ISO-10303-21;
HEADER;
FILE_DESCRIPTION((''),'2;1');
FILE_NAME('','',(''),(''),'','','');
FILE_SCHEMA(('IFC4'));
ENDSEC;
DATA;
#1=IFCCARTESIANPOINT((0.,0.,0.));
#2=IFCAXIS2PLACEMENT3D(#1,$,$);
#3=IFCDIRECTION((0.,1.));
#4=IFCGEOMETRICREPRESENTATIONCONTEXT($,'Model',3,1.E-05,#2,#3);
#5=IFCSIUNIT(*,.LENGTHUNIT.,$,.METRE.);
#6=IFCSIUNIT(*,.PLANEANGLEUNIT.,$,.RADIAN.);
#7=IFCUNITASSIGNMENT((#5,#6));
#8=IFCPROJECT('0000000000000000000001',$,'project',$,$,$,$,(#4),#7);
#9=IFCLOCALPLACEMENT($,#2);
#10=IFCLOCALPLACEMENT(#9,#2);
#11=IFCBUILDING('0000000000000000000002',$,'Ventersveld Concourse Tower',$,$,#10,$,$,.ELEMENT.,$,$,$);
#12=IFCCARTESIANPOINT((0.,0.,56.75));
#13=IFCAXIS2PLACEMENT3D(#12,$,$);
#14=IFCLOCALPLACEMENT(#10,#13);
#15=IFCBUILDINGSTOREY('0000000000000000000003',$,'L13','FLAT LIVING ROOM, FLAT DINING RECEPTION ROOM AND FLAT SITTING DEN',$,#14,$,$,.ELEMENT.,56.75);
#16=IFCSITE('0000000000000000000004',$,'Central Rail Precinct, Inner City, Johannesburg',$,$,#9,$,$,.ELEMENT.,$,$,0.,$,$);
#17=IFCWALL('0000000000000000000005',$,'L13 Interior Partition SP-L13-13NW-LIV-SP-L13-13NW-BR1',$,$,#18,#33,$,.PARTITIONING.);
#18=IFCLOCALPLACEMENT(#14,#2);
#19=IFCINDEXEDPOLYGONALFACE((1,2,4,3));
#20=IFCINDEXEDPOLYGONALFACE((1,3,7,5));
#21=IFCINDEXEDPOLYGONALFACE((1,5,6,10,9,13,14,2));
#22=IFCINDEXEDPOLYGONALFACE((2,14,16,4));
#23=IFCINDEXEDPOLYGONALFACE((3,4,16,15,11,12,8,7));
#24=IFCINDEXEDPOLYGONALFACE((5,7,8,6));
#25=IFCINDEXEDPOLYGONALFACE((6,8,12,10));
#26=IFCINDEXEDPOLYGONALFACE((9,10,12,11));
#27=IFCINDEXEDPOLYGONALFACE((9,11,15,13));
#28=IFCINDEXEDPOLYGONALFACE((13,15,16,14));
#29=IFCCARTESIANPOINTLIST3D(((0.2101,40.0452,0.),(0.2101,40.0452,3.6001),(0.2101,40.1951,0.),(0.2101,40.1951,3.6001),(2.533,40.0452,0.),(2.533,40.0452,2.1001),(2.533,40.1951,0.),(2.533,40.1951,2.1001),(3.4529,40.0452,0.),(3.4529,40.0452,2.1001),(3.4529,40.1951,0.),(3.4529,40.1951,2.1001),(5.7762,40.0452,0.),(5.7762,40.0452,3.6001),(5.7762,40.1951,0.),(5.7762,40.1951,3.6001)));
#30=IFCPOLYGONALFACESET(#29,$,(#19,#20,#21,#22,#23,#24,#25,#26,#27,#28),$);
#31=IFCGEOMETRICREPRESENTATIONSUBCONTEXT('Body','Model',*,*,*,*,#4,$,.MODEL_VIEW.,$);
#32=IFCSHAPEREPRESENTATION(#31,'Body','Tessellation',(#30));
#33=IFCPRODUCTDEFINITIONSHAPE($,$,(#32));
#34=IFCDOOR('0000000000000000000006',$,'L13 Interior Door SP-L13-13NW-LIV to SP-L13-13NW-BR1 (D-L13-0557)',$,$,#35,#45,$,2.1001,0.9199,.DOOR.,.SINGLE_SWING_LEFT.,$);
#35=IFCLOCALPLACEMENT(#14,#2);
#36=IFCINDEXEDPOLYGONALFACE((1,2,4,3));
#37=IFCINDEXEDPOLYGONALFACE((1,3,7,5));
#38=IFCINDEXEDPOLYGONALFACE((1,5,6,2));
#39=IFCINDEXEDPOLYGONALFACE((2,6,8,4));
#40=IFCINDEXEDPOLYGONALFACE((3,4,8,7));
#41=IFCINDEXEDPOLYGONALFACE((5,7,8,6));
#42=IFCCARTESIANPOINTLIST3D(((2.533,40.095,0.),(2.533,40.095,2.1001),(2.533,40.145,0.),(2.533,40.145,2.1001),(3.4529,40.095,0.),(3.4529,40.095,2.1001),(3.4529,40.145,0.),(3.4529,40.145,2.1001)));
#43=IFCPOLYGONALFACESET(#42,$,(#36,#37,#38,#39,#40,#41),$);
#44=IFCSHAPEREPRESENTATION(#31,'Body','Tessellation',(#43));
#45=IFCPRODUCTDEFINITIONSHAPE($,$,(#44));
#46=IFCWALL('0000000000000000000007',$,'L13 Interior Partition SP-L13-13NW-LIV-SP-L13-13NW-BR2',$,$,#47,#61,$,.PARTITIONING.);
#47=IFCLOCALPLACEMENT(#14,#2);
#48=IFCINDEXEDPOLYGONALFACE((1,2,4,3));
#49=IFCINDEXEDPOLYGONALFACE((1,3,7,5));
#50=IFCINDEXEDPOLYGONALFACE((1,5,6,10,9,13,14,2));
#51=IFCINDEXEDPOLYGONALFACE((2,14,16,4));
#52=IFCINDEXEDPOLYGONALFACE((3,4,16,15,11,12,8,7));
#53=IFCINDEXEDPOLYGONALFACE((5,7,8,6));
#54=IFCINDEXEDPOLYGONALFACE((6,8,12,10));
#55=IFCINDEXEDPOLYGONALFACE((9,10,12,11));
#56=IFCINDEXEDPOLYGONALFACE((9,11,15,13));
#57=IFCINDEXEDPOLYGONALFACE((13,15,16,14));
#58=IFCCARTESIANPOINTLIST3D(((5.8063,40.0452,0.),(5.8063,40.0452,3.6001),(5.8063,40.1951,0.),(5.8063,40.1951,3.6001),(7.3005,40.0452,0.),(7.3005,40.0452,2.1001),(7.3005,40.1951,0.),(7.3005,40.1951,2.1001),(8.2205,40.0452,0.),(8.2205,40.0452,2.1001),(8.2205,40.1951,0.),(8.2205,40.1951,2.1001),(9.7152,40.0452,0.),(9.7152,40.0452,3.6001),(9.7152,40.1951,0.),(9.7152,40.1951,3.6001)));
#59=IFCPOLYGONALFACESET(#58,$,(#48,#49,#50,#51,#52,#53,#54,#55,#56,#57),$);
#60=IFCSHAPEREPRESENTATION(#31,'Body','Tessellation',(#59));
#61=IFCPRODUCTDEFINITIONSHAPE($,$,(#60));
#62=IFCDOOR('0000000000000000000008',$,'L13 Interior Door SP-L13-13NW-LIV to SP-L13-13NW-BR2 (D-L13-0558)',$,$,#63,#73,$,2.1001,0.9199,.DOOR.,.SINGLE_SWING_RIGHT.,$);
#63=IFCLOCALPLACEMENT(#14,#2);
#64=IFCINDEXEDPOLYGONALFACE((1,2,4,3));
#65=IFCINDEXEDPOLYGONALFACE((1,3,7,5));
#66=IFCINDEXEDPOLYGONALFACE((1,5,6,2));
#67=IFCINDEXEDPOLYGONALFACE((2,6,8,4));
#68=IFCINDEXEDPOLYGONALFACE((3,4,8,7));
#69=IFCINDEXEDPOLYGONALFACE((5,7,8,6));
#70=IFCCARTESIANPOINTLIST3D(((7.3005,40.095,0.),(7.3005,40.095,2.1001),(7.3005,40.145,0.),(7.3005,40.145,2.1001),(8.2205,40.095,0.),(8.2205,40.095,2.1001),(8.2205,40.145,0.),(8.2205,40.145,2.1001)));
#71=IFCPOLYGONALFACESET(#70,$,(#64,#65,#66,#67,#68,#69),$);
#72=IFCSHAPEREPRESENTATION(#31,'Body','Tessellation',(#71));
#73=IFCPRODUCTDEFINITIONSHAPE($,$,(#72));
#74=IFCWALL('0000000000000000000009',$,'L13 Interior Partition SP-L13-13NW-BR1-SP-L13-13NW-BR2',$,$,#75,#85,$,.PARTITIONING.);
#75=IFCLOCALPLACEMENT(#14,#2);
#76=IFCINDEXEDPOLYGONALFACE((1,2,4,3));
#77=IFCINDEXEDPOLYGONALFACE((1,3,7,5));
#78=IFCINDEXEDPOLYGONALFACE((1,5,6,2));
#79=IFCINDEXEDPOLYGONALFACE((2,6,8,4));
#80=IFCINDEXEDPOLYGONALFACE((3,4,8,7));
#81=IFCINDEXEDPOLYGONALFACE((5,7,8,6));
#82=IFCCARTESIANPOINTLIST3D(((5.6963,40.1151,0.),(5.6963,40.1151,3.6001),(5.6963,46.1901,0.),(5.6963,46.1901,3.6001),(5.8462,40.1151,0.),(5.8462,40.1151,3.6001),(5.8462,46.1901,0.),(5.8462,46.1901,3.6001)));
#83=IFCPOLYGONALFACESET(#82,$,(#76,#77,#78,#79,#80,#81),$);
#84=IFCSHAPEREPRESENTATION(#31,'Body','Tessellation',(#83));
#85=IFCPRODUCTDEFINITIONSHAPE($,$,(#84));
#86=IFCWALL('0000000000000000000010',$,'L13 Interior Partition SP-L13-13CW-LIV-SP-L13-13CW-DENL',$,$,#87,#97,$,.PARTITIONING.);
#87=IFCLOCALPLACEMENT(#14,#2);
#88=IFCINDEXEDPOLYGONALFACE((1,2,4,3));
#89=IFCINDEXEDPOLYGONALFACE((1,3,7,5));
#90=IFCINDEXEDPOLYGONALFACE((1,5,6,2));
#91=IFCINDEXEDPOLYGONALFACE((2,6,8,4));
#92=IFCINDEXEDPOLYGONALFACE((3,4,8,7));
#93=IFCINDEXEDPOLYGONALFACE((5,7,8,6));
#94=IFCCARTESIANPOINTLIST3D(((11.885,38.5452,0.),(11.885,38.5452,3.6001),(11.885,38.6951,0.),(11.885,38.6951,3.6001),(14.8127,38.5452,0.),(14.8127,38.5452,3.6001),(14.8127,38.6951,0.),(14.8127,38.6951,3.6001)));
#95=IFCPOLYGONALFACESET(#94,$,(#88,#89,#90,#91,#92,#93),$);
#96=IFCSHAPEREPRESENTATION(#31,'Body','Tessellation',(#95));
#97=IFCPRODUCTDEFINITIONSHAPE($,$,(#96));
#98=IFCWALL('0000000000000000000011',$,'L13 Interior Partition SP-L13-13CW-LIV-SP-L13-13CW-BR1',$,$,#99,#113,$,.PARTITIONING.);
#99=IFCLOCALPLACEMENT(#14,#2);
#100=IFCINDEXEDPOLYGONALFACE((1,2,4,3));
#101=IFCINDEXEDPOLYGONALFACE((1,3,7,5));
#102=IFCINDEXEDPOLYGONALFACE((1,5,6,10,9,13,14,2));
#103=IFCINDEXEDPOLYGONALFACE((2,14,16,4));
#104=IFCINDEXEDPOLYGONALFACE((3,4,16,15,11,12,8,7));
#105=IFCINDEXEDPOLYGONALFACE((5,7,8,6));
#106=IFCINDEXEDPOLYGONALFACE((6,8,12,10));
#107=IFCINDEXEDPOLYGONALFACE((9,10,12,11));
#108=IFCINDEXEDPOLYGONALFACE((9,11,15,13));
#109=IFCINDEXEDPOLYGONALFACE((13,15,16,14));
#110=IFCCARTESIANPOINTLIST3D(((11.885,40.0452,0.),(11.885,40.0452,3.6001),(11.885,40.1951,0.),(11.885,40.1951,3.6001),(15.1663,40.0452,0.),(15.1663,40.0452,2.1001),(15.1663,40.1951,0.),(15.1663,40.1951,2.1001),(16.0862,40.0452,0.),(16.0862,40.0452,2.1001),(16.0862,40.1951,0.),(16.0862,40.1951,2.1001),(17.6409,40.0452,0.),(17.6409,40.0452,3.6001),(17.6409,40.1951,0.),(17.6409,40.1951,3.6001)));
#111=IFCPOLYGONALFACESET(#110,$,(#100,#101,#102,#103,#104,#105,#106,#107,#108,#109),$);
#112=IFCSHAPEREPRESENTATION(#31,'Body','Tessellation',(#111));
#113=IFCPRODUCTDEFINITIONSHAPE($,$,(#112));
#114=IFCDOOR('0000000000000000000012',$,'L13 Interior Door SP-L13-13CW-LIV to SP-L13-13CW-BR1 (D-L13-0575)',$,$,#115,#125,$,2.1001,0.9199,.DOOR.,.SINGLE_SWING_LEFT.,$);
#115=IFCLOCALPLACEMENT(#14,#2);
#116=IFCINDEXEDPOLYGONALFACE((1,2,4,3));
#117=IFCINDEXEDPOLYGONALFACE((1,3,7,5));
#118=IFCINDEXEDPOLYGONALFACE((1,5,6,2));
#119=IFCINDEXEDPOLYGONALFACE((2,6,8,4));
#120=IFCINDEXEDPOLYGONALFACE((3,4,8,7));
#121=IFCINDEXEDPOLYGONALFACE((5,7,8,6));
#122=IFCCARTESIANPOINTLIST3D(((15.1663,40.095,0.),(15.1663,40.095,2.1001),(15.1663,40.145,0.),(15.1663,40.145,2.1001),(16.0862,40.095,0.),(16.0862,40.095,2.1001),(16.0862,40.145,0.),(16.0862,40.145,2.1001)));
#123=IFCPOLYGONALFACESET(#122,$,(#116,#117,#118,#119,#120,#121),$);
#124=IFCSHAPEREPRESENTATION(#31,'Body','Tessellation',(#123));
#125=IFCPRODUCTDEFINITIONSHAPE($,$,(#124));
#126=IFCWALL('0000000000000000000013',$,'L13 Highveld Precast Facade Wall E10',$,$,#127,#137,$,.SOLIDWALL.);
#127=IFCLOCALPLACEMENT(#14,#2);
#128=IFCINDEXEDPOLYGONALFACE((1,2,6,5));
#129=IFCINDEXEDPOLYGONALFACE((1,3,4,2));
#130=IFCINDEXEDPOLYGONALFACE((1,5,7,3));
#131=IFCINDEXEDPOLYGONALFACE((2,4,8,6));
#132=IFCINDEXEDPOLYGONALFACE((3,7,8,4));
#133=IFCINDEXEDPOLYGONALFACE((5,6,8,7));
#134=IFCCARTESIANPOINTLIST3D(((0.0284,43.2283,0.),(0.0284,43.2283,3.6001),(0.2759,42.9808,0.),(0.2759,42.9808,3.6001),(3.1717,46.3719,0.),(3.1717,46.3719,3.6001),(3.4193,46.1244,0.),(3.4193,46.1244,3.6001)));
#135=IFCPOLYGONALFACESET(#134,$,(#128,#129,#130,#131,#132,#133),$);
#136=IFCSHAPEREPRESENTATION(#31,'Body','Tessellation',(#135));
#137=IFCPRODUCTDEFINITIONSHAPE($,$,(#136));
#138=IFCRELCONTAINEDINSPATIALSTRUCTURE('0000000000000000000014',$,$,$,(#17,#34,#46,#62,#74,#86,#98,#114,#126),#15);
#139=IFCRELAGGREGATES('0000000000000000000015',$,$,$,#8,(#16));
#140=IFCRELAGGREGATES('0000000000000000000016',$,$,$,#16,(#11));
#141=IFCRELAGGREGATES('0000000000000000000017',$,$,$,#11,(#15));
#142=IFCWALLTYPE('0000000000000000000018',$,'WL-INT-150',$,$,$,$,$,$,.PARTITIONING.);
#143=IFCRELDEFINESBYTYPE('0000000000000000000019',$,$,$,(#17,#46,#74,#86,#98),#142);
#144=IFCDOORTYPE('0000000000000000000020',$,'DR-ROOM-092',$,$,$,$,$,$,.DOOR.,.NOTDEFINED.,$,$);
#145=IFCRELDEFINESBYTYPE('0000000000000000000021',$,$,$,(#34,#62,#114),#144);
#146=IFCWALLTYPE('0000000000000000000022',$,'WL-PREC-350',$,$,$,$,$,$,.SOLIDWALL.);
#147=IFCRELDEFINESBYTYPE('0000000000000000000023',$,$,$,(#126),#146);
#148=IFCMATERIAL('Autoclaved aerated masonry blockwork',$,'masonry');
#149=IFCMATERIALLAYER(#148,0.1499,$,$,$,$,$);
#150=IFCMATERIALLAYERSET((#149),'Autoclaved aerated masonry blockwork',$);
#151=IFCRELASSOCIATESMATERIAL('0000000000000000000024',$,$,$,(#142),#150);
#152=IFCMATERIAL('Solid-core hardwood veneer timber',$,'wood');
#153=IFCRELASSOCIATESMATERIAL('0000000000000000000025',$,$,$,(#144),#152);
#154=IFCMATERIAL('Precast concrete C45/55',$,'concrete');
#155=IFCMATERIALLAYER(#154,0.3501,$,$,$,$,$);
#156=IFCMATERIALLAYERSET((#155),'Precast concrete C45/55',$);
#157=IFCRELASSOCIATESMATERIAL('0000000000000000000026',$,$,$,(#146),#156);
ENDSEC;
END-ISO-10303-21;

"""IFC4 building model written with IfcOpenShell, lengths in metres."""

from ifc_helpers import new_model, si_unit, direction, frame, frame_2d, origin, place, context, subcontext, project, spatial, rectangle, extrude, material, layer, layer_set, type_object, element, fill, save


model = new_model("IFC4")

# Units and contexts
model_context = context("Model", 3, precision=1e-05, world=origin(), true_north=direction((0.0, 1.0)))
body_context = subcontext(model_context, "Body", "Model", "MODEL_VIEW")
ifc_project = project(units=[si_unit("LENGTHUNIT", "METRE"), si_unit("PLANEANGLEUNIT", "RADIAN")], contexts=[model_context])

# Site, building, storey
site_placement = place(None, origin())
site = spatial("IfcSite", under=ifc_project, at=site_placement, Name="Central Rail Precinct, Inner City, Johannesburg", CompositionType="ELEMENT", RefElevation=0.0)
building_placement = place(site_placement, origin())
building = spatial("IfcBuilding", under=site, at=building_placement, Name="Ventersveld Concourse Tower", CompositionType="ELEMENT")
storey_placement = place(building_placement, frame((0.0, 0.0, 56.75)))
storey = spatial("IfcBuildingStorey", under=building, at=storey_placement, Name="L13", Description="FLAT LIVING ROOM, FLAT DINING RECEPTION ROOM AND FLAT SITTING DEN", CompositionType="ELEMENT", Elevation=56.75)

# Shared definitions
ifc_material_1 = material(Name="Autoclaved aerated masonry blockwork", Category="masonry")
ifc_layer_1 = layer(ifc_material_1, 0.1499)
ifc_layer_set_1 = layer_set([ifc_layer_1], Name="Autoclaved aerated masonry blockwork")
wall_type_1 = type_object("IfcWallType", Name="WL-INT-150", PredefinedType="PARTITIONING", material=ifc_layer_set_1)

# Walls, openings, doors
wall_1_placement = place(storey_placement, frame((0.21, 40.1201, 0.0), z_axis=(0.0, 0.0, 1.0), x_axis=(1.0, 0.0, 0.0)))
wall_1 = element("IfcWall", 1, at=wall_1_placement, inside=storey, type_object=wall_type_1, Name="L13 Interior Partition SP-L13-13NW-LIV-SP-L13-13NW-BR1", PredefinedType="PARTITIONING", context=body_context, shape_type="SweptSolid", body=[
    extrude(rectangle(XDim=5.5662, YDim=0.1499, at=frame_2d((2.7832, 0.0))), origin(), (0.0, 0.0, 1.0), 3.6001),
])
opening_1_placement = place(wall_1_placement, frame((2.323, 0.0, 0.0)))
opening_1 = element("IfcOpeningElement", 2, at=opening_1_placement, cuts=wall_1, PredefinedType="OPENING", context=body_context, shape_type="SweptSolid", body=[
    extrude(rectangle(XDim=0.9199, YDim=2.1001, at=frame_2d((0.46, 1.05))), frame((0.0, 0.085, 0.0), z_axis=(0.0, -1.0, 0.0), x_axis=(1.0, 0.0, 0.0)), (0.0, 0.0, 1.0), 0.1699),
])
ifc_material_2 = material(Name="Solid-core hardwood veneer timber", Category="wood")
door_type = type_object("IfcDoorType", Name="DR-ROOM-092", OperationType="NOTDEFINED", PredefinedType="DOOR", material=ifc_material_2)
door_1_placement = place(opening_1_placement, origin())
door_1 = element("IfcDoor", 3, at=door_1_placement, inside=storey, type_object=door_type, Name="L13 Interior Door SP-L13-13NW-LIV to SP-L13-13NW-BR1 (D-L13-0557)", OperationType="SINGLE_SWING_LEFT", OverallHeight=2.1001, OverallWidth=0.9199, PredefinedType="DOOR", context=body_context, shape_type="SweptSolid", body=[
    extrude(rectangle(XDim=0.9199, YDim=2.1001, at=frame_2d((0.46, 1.05))), frame((0.0, 0.0249, 0.0), z_axis=(0.0, -1.0, 0.0), x_axis=(1.0, 0.0, 0.0)), (0.0, 0.0, 1.0), 0.05),
])
fill(opening_1, door_1)
wall_2_placement = place(storey_placement, frame((5.8062, 40.1201, 0.0), z_axis=(0.0, 0.0, 1.0), x_axis=(1.0, 0.0, 0.0)))
wall_2 = element("IfcWall", 4, at=wall_2_placement, inside=storey, type_object=wall_type_1, Name="L13 Interior Partition SP-L13-13NW-LIV-SP-L13-13NW-BR2", PredefinedType="PARTITIONING", context=body_context, shape_type="SweptSolid", body=[
    extrude(rectangle(XDim=3.9089, YDim=0.1499, at=frame_2d((1.9546, 0.0))), origin(), (0.0, 0.0, 1.0), 3.6001),
])
opening_2_placement = place(wall_2_placement, frame((1.4944, 0.0, 0.0)))
opening_2 = element("IfcOpeningElement", 5, at=opening_2_placement, cuts=wall_2, PredefinedType="OPENING", context=body_context, shape_type="SweptSolid", body=[
    extrude(rectangle(XDim=0.9199, YDim=2.1001, at=frame_2d((0.46, 1.05))), frame((0.0, 0.085, 0.0), z_axis=(0.0, -1.0, 0.0), x_axis=(1.0, 0.0, 0.0)), (0.0, 0.0, 1.0), 0.1699),
])
door_2_placement = place(opening_2_placement, origin())
door_2 = element("IfcDoor", 6, at=door_2_placement, inside=storey, type_object=door_type, Name="L13 Interior Door SP-L13-13NW-LIV to SP-L13-13NW-BR2 (D-L13-0558)", OperationType="SINGLE_SWING_RIGHT", OverallHeight=2.1001, OverallWidth=0.9199, PredefinedType="DOOR", context=body_context, shape_type="SweptSolid", body=[
    extrude(rectangle(XDim=0.9199, YDim=2.1001, at=frame_2d((0.46, 1.05))), frame((0.0, 0.0249, 0.0), z_axis=(0.0, -1.0, 0.0), x_axis=(1.0, 0.0, 0.0)), (0.0, 0.0, 1.0), 0.05),
])
fill(opening_2, door_2)

# Walls
wall_3_placement = place(storey_placement, frame((5.7712, 40.115, 0.0), z_axis=(0.0, 0.0, 1.0), x_axis=(0.0, 1.0, 0.0)))
element("IfcWall", 7, at=wall_3_placement, inside=storey, type_object=wall_type_1, Name="L13 Interior Partition SP-L13-13NW-BR1-SP-L13-13NW-BR2", PredefinedType="PARTITIONING", context=body_context, shape_type="SweptSolid", body=[
    extrude(rectangle(XDim=6.075, YDim=0.1499, at=frame_2d((3.0376, 0.0))), origin(), (0.0, 0.0, 1.0), 3.6001),
])
wall_4_placement = place(storey_placement, frame((11.885, 38.6201, 0.0), z_axis=(0.0, 0.0, 1.0), x_axis=(1.0, 0.0, 0.0)))
element("IfcWall", 8, at=wall_4_placement, inside=storey, type_object=wall_type_1, Name="L13 Interior Partition SP-L13-13CW-LIV-SP-L13-13CW-DENL", PredefinedType="PARTITIONING", context=body_context, shape_type="SweptSolid", body=[
    extrude(rectangle(XDim=2.9277, YDim=0.1499, at=frame_2d((1.4639, 0.0))), origin(), (0.0, 0.0, 1.0), 3.6001),
])

# Wall, opening, door
wall_5_placement = place(storey_placement, frame((11.885, 40.1201, 0.0), z_axis=(0.0, 0.0, 1.0), x_axis=(1.0, 0.0, 0.0)))
wall_5 = element("IfcWall", 9, at=wall_5_placement, inside=storey, type_object=wall_type_1, Name="L13 Interior Partition SP-L13-13CW-LIV-SP-L13-13CW-BR1", PredefinedType="PARTITIONING", context=body_context, shape_type="SweptSolid", body=[
    extrude(rectangle(XDim=5.7559, YDim=0.1499, at=frame_2d((2.8779, 0.0))), origin(), (0.0, 0.0, 1.0), 3.6001),
])
opening_3_placement = place(wall_5_placement, frame((3.2812, 0.0, 0.0)))
opening_3 = element("IfcOpeningElement", 10, at=opening_3_placement, cuts=wall_5, PredefinedType="OPENING", context=body_context, shape_type="SweptSolid", body=[
    extrude(rectangle(XDim=0.9199, YDim=2.1001, at=frame_2d((0.46, 1.05))), frame((0.0, 0.085, 0.0), z_axis=(0.0, -1.0, 0.0), x_axis=(1.0, 0.0, 0.0)), (0.0, 0.0, 1.0), 0.1699),
])
door_3_placement = place(opening_3_placement, origin())
door_3 = element("IfcDoor", 11, at=door_3_placement, inside=storey, type_object=door_type, Name="L13 Interior Door SP-L13-13CW-LIV to SP-L13-13CW-BR1 (D-L13-0575)", OperationType="SINGLE_SWING_LEFT", OverallHeight=2.1001, OverallWidth=0.9199, PredefinedType="DOOR", context=body_context, shape_type="SweptSolid", body=[
    extrude(rectangle(XDim=0.9199, YDim=2.1001, at=frame_2d((0.46, 1.05))), frame((0.0, 0.0249, 0.0), z_axis=(0.0, -1.0, 0.0), x_axis=(1.0, 0.0, 0.0)), (0.0, 0.0, 1.0), 0.05),
])
fill(opening_3, door_3)

# Wall
ifc_material_3 = material(Name="Precast concrete C45/55", Category="concrete")
ifc_layer_2 = layer(ifc_material_3, 0.3501)
ifc_layer_set_2 = layer_set([ifc_layer_2], Name="Precast concrete C45/55")
wall_type_2 = type_object("IfcWallType", Name="WL-PREC-350", PredefinedType="SOLIDWALL", material=ifc_layer_set_2)
wall_6_placement = place(storey_placement, frame((3.2954, 46.248, 0.0), z_axis=(0.0, 0.0, 1.0), x_axis=(-0.707079, -0.707134, 0.0)))
element("IfcWall", 12, at=wall_6_placement, inside=storey, type_object=wall_type_2, Name="L13 Highveld Precast Facade Wall E10", PredefinedType="SOLIDWALL", context=body_context, shape_type="SweptSolid", body=[
    extrude(rectangle(XDim=4.4456, YDim=0.3501, at=frame_2d((2.2227, 0.0))), origin(), (0.0, 0.0, 1.0), 3.6001),
])

save(model, "model.ifc")
